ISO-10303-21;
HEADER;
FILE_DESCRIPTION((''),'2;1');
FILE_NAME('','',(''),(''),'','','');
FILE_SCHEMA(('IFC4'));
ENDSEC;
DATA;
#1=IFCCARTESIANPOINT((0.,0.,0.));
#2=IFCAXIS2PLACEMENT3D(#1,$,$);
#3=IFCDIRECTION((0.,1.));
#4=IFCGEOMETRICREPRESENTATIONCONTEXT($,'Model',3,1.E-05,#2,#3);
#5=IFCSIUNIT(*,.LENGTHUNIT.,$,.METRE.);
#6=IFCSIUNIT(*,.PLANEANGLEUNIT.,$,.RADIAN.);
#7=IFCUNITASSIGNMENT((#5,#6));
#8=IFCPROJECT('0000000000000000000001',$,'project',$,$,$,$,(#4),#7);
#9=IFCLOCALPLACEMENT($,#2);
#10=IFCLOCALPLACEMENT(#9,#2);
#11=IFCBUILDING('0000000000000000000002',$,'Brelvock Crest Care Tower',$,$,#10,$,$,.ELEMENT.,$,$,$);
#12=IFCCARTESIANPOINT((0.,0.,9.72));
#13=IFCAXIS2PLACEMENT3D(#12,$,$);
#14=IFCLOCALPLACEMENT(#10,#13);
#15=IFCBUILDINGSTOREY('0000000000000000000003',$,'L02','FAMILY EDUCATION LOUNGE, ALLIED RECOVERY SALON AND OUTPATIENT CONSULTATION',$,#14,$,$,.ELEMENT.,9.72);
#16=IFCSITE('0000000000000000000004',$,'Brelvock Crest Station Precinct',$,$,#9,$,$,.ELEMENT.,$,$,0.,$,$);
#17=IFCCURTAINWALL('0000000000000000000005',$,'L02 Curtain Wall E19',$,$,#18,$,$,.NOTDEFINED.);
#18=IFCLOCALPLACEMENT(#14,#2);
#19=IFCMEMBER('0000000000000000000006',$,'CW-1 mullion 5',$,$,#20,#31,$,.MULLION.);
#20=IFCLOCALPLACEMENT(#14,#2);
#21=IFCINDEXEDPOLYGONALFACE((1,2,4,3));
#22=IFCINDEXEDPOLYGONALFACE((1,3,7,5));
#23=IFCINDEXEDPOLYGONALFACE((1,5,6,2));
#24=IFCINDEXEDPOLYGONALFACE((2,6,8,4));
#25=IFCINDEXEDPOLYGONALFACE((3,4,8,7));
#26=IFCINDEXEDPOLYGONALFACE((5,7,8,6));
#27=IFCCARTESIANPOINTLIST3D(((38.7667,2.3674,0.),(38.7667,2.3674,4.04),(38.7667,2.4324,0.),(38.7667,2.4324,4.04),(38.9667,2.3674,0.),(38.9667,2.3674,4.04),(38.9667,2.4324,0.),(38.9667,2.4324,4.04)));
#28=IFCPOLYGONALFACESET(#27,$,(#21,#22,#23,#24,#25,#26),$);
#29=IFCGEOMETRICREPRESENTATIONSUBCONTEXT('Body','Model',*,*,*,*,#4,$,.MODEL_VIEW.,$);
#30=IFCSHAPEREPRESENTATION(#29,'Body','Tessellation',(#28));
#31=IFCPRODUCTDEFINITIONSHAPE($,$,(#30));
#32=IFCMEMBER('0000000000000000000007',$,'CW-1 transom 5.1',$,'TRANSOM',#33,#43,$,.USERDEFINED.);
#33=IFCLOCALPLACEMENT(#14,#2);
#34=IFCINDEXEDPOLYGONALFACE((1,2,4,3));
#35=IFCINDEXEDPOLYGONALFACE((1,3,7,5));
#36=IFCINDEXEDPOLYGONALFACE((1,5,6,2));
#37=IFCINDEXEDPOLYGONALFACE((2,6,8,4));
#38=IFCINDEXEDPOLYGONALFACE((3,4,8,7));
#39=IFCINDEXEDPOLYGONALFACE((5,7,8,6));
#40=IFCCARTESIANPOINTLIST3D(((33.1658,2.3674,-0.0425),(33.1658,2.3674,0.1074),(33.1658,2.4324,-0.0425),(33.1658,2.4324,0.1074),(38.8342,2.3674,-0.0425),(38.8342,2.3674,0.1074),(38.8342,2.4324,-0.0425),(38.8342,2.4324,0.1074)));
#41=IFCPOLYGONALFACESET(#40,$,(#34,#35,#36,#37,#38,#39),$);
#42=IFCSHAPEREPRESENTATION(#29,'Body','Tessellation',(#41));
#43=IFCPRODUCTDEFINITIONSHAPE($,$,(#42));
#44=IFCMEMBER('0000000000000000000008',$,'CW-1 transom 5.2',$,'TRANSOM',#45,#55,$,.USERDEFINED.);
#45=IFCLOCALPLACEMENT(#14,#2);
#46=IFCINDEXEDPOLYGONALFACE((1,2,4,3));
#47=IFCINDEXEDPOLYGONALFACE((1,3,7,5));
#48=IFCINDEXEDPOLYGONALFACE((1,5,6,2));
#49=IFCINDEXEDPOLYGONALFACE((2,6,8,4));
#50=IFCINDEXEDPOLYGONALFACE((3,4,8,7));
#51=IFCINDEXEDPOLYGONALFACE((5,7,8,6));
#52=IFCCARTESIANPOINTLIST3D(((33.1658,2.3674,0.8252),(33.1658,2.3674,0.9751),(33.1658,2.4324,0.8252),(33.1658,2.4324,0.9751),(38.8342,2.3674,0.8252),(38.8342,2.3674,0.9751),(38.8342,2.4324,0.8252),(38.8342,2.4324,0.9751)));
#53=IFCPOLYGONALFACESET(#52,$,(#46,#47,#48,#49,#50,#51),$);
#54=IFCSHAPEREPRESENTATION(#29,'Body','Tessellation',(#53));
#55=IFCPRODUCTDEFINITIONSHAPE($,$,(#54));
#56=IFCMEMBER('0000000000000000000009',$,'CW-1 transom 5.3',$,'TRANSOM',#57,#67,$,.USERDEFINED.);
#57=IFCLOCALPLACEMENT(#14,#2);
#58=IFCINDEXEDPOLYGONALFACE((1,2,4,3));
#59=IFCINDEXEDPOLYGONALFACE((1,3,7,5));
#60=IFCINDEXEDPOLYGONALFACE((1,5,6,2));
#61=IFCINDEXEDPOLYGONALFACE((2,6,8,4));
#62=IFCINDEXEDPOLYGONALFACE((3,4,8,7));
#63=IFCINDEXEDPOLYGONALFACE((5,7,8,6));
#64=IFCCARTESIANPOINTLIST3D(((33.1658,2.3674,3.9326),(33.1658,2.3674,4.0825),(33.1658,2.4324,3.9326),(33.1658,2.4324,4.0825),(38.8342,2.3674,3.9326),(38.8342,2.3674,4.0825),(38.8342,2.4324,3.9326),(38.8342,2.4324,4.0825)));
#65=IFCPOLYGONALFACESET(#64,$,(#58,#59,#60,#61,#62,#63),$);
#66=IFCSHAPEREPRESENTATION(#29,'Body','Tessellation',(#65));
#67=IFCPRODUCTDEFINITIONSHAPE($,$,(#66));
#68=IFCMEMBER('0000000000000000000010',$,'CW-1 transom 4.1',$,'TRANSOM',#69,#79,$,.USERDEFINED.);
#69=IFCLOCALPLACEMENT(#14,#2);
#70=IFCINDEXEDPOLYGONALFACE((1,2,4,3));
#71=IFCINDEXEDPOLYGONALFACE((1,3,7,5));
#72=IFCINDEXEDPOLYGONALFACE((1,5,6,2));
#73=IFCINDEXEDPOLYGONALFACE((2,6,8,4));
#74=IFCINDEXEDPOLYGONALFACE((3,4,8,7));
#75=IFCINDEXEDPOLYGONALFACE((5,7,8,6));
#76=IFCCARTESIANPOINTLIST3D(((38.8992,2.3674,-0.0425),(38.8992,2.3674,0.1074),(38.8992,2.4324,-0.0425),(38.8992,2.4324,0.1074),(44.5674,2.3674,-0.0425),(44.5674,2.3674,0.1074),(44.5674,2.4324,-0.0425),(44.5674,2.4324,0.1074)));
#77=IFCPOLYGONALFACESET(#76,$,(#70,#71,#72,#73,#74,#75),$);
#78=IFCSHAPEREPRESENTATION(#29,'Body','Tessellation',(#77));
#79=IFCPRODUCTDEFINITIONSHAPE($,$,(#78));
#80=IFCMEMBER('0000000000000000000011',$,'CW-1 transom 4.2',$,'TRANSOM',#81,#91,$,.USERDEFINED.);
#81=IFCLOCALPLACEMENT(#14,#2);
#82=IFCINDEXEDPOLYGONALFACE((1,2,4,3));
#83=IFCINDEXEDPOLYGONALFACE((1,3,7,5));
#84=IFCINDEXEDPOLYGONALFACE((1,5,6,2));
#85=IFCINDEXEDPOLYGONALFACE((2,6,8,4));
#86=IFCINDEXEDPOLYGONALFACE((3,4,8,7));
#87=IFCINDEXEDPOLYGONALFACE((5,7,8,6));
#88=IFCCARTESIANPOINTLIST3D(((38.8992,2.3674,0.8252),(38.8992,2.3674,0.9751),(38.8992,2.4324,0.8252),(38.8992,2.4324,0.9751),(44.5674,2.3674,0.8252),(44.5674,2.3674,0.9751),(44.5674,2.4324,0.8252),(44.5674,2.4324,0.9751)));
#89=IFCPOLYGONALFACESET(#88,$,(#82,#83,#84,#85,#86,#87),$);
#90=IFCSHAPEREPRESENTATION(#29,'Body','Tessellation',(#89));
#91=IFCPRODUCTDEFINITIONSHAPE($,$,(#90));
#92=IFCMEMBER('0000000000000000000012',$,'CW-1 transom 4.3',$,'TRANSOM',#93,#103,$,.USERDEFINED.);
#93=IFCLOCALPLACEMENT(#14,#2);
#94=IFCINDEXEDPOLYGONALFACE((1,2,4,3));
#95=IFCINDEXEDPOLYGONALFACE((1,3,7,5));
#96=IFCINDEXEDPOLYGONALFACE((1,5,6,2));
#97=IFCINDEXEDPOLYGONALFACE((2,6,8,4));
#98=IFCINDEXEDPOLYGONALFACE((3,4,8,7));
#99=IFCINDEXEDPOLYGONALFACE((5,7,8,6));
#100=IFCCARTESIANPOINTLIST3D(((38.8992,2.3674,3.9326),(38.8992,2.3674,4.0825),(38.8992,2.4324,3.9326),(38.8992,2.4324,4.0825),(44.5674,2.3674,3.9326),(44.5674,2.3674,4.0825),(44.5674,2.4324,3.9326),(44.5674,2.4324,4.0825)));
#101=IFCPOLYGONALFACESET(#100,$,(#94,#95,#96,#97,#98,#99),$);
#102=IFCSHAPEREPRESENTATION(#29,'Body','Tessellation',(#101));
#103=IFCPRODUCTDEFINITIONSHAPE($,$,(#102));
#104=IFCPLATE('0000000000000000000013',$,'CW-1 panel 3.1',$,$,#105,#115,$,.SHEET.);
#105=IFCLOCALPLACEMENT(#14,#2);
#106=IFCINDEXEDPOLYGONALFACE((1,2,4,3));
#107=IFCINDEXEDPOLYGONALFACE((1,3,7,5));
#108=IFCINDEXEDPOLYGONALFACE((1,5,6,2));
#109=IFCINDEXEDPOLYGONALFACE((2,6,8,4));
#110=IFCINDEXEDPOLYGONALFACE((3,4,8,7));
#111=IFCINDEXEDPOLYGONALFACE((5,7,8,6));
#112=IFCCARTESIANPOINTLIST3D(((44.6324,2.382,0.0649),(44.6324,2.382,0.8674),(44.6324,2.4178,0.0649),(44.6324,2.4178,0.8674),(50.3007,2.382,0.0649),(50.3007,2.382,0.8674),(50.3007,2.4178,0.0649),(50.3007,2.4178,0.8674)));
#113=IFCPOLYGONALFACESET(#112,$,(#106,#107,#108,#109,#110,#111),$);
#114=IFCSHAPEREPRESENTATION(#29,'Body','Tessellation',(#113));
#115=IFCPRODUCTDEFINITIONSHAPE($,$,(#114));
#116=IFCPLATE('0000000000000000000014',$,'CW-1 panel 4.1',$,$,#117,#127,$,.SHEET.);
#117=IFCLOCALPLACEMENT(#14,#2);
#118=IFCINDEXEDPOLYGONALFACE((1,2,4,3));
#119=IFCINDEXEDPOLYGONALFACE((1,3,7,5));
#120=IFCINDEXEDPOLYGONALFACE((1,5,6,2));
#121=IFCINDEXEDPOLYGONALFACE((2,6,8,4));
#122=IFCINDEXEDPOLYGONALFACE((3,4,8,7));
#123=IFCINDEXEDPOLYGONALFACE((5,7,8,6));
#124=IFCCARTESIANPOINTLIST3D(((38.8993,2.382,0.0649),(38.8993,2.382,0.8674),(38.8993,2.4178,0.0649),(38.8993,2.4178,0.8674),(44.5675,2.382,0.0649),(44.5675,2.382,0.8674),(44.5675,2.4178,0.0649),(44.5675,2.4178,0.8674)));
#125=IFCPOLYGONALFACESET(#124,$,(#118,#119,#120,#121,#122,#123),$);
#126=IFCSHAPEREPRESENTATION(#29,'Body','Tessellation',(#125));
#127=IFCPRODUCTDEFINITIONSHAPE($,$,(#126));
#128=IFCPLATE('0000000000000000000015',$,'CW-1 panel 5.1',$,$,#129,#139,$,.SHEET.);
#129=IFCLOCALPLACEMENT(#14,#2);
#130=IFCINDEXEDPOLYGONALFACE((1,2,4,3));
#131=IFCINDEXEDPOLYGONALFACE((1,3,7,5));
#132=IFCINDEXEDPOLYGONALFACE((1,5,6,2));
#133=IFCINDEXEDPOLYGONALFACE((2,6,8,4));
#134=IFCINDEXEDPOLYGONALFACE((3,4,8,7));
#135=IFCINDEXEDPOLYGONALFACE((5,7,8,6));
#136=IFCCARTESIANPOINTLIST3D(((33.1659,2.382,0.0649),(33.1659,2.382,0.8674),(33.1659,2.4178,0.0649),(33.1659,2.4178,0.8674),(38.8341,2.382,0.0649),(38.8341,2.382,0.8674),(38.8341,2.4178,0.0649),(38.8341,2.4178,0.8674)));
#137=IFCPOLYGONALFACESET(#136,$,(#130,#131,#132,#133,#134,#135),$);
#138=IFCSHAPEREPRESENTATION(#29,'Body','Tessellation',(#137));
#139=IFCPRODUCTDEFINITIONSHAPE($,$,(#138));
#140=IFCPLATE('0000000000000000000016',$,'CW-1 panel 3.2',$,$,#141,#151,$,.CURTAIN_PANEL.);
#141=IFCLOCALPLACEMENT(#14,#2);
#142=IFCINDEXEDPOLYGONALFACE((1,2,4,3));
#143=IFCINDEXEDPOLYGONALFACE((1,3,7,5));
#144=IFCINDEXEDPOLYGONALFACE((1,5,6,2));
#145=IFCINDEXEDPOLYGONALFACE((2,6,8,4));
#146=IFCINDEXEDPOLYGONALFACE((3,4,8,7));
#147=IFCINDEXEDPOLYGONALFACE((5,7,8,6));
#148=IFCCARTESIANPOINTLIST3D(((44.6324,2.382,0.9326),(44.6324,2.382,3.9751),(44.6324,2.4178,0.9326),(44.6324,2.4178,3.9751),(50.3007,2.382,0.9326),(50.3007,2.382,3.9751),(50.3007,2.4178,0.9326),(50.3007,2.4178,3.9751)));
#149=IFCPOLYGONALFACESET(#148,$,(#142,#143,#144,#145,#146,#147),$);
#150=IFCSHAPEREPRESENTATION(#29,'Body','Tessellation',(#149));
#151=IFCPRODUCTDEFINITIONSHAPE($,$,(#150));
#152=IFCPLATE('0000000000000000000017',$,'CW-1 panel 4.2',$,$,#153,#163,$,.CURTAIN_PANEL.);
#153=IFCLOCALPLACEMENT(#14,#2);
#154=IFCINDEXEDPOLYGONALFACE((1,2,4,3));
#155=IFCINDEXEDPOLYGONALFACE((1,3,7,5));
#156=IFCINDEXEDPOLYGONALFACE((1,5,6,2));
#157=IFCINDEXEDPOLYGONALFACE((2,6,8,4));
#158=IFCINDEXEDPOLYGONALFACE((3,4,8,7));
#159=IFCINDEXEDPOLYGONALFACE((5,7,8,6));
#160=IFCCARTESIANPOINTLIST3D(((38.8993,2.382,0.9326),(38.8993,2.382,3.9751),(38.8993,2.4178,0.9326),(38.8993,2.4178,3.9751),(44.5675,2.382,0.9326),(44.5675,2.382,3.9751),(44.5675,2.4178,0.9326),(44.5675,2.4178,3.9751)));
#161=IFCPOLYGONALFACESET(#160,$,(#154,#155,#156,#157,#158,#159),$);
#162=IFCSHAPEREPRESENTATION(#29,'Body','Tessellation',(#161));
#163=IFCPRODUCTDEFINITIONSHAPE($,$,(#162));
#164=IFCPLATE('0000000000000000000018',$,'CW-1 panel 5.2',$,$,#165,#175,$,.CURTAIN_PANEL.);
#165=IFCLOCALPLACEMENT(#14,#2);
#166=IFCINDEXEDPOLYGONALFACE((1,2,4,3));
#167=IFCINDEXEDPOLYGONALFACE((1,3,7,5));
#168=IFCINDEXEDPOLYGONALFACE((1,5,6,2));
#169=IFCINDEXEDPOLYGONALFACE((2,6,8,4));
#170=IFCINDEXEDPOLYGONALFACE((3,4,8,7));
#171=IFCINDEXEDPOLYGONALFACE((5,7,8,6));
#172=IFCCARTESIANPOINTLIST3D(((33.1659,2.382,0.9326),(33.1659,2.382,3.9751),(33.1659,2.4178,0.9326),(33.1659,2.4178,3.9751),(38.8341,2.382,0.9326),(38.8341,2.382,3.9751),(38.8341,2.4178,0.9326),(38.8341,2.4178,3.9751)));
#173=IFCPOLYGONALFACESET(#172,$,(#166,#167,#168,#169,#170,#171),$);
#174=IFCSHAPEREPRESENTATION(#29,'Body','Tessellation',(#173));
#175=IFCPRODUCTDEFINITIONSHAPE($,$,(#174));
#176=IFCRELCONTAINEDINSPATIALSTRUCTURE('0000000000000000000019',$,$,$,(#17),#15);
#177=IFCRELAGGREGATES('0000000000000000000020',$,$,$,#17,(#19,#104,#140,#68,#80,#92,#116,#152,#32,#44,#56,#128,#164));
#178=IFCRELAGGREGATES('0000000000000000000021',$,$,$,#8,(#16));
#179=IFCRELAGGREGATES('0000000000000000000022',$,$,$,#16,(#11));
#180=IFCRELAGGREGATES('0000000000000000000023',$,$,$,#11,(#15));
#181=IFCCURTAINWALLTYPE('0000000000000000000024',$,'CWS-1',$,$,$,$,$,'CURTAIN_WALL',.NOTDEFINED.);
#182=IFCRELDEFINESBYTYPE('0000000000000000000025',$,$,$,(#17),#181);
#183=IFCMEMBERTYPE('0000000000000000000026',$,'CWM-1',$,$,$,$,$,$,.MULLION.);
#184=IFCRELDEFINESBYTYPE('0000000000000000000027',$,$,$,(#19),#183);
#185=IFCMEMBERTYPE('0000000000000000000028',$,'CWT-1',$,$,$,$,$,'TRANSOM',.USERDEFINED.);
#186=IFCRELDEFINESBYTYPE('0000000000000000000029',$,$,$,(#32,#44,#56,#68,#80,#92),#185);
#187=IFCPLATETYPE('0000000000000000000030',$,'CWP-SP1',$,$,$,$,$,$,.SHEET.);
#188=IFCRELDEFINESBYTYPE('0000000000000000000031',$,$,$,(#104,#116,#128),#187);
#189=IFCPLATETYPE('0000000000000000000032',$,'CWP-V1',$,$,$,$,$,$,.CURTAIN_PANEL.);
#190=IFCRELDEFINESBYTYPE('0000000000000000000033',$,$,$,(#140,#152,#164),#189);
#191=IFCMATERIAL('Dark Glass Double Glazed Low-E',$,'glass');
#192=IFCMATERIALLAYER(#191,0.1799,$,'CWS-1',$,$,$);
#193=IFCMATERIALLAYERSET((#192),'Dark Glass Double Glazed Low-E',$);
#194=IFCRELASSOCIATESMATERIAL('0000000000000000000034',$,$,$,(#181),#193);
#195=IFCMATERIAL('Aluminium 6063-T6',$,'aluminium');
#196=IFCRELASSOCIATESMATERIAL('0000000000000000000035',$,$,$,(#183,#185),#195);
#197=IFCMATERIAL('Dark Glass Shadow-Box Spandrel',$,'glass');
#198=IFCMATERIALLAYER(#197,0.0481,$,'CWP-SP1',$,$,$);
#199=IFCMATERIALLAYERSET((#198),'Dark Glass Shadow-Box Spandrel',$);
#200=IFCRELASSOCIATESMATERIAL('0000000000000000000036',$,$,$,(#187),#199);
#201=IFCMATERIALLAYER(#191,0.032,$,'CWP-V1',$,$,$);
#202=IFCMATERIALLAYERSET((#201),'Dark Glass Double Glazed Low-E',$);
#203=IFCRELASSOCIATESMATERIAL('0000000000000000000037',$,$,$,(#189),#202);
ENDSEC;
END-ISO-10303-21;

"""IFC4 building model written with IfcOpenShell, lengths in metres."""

from ifc_helpers import new_model, si_unit, direction, frame, origin, origin_2d, place, context, subcontext, project, spatial, rectangle, extrude, source, transform, mapped, material, layer, layer_set, material_profile, profile_set, type_object, element, aggregate, save


model = new_model("IFC4")

# Units and contexts
model_context = context("Model", 3, precision=1e-05, world=origin(), true_north=direction((0.0, 1.0)))
body_context = subcontext(model_context, "Body", "Model", "MODEL_VIEW")
ifc_project = project(units=[si_unit("LENGTHUNIT", "METRE"), si_unit("PLANEANGLEUNIT", "RADIAN")], contexts=[model_context])

# Site, building, storey
site_placement = place(None, origin())
site = spatial("IfcSite", under=ifc_project, at=site_placement, Name="Brelvock Crest Station Precinct", CompositionType="ELEMENT", RefElevation=0.0)
building_placement = place(site_placement, origin())
building = spatial("IfcBuilding", under=site, at=building_placement, Name="Brelvock Crest Care Tower", CompositionType="ELEMENT")
storey_placement = place(building_placement, frame((0.0, 0.0, 9.72)))
storey = spatial("IfcBuildingStorey", under=building, at=storey_placement, Name="L02", Description="FAMILY EDUCATION LOUNGE, ALLIED RECOVERY SALON AND OUTPATIENT CONSULTATION", CompositionType="ELEMENT", Elevation=9.72)

# Curtain wall, members, plates
ifc_material_1 = material(Name="Dark Glass Double Glazed Low-E", Category="glass")
ifc_layer_1 = layer(ifc_material_1, 0.1799, Name="CWS-1")
ifc_layer_set_1 = layer_set([ifc_layer_1], Name="Dark Glass Double Glazed Low-E")
curtain_wall_type = type_object("IfcCurtainWallType", Name="CWS-1", ElementType="CURTAIN_WALL", PredefinedType="NOTDEFINED", material=ifc_layer_set_1)
curtain_wall_placement = place(storey_placement, origin())
curtain_wall = element("IfcCurtainWall", 1, at=curtain_wall_placement, inside=storey, type_object=curtain_wall_type, Name="L02 Curtain Wall E19", PredefinedType="NOTDEFINED")
ifc_material_2 = material(Name="Aluminium 6063-T6", Category="aluminium")
ifc_material_profile_1 = material_profile(ifc_material_2, rectangle(XDim=0.0649, YDim=0.2, at=origin_2d()), Name="ALU65x200")
ifc_profile_set_1 = profile_set([ifc_material_profile_1], Name="Aluminium 6063-T6")
member_type_1 = type_object("IfcMemberType", Name="CWM-1", PredefinedType="MULLION", material=ifc_profile_set_1)
shared_shape_1 = source(origin(), body_context, "Body", "SweptSolid", [
    extrude(rectangle(XDim=0.0649, YDim=0.2, at=origin_2d()), origin(), (0.0, 0.0, 1.0), 4.04),
])
member_1_placement = place(storey_placement, frame((38.8667, 2.3999, 0.0), z_axis=(0.0, 0.0, 1.0), x_axis=(0.0, -1.0, 0.0)))
member_1 = element("IfcMember", 2, at=member_1_placement, type_object=member_type_1, Name="CW-1 mullion 5", PredefinedType="MULLION", context=body_context, shape_type="MappedRepresentation", body=[
    mapped(shared_shape_1, transform((0.0, 0.0, 0.0), x_axis=(1.0, 0.0, 0.0), y_axis=(0.0, 1.0, 0.0), z_axis=(0.0, 0.0, 1.0), scale=1.0)),
])
ifc_material_profile_2 = material_profile(ifc_material_2, rectangle(XDim=0.0649, YDim=0.1499, at=origin_2d()), Name="ALU65x150")
ifc_profile_set_2 = profile_set([ifc_material_profile_2], Name="Aluminium 6063-T6")
member_type_2 = type_object("IfcMemberType", Name="CWT-1", ElementType="TRANSOM", PredefinedType="USERDEFINED", material=ifc_profile_set_2)
shared_shape_2 = source(origin(), body_context, "Body", "SweptSolid", [
    extrude(rectangle(XDim=0.0649, YDim=0.1499, at=origin_2d()), origin(), (0.0, 0.0, 1.0), 5.6685),
])
member_2_placement = place(storey_placement, frame((38.8342, 2.3999, 0.0325), z_axis=(-1.0, 0.0, 0.0), x_axis=(0.0, -1.0, 0.0)))
member_2 = element("IfcMember", 3, at=member_2_placement, type_object=member_type_2, Name="CW-1 transom 5.1", ObjectType="TRANSOM", PredefinedType="USERDEFINED", context=body_context, shape_type="MappedRepresentation", body=[
    mapped(shared_shape_2, transform((0.0, 0.0, 0.0), x_axis=(1.0, 0.0, 0.0), y_axis=(0.0, 1.0, 0.0), z_axis=(0.0, 0.0, 1.0), scale=1.0)),
])
member_3_placement = place(storey_placement, frame((38.8342, 2.3999, 0.9001), z_axis=(-1.0, 0.0, 0.0), x_axis=(0.0, -1.0, 0.0)))
member_3 = element("IfcMember", 4, at=member_3_placement, type_object=member_type_2, Name="CW-1 transom 5.2", ObjectType="TRANSOM", PredefinedType="USERDEFINED", context=body_context, shape_type="MappedRepresentation", body=[
    mapped(shared_shape_2, transform((0.0, 0.0, 0.0), x_axis=(1.0, 0.0, 0.0), y_axis=(0.0, 1.0, 0.0), z_axis=(0.0, 0.0, 1.0), scale=1.0)),
])
member_4_placement = place(storey_placement, frame((38.8342, 2.3999, 4.0076), z_axis=(-1.0, 0.0, 0.0), x_axis=(0.0, -1.0, 0.0)))
member_4 = element("IfcMember", 5, at=member_4_placement, type_object=member_type_2, Name="CW-1 transom 5.3", ObjectType="TRANSOM", PredefinedType="USERDEFINED", context=body_context, shape_type="MappedRepresentation", body=[
    mapped(shared_shape_2, transform((0.0, 0.0, 0.0), x_axis=(1.0, 0.0, 0.0), y_axis=(0.0, 1.0, 0.0), z_axis=(0.0, 0.0, 1.0), scale=1.0)),
])
shared_shape_3 = source(origin(), body_context, "Body", "SweptSolid", [
    extrude(rectangle(XDim=0.0649, YDim=0.1499, at=origin_2d()), origin(), (0.0, 0.0, 1.0), 5.6682),
])
member_5_placement = place(storey_placement, frame((44.5674, 2.3999, 0.0325), z_axis=(-1.0, 0.0, 0.0), x_axis=(0.0, -1.0, 0.0)))
member_5 = element("IfcMember", 6, at=member_5_placement, type_object=member_type_2, Name="CW-1 transom 4.1", ObjectType="TRANSOM", PredefinedType="USERDEFINED", context=body_context, shape_type="MappedRepresentation", body=[
    mapped(shared_shape_3, transform((0.0, 0.0, 0.0), x_axis=(1.0, 0.0, 0.0), y_axis=(0.0, 1.0, 0.0), z_axis=(0.0, 0.0, 1.0), scale=1.0)),
])
member_6_placement = place(storey_placement, frame((44.5674, 2.3999, 0.9001), z_axis=(-1.0, 0.0, 0.0), x_axis=(0.0, -1.0, 0.0)))
member_6 = element("IfcMember", 7, at=member_6_placement, type_object=member_type_2, Name="CW-1 transom 4.2", ObjectType="TRANSOM", PredefinedType="USERDEFINED", context=body_context, shape_type="MappedRepresentation", body=[
    mapped(shared_shape_3, transform((0.0, 0.0, 0.0), x_axis=(1.0, 0.0, 0.0), y_axis=(0.0, 1.0, 0.0), z_axis=(0.0, 0.0, 1.0), scale=1.0)),
])
member_7_placement = place(storey_placement, frame((44.5674, 2.3999, 4.0076), z_axis=(-1.0, 0.0, 0.0), x_axis=(0.0, -1.0, 0.0)))
member_7 = element("IfcMember", 8, at=member_7_placement, type_object=member_type_2, Name="CW-1 transom 4.3", ObjectType="TRANSOM", PredefinedType="USERDEFINED", context=body_context, shape_type="MappedRepresentation", body=[
    mapped(shared_shape_3, transform((0.0, 0.0, 0.0), x_axis=(1.0, 0.0, 0.0), y_axis=(0.0, 1.0, 0.0), z_axis=(0.0, 0.0, 1.0), scale=1.0)),
])
ifc_material_3 = material(Name="Dark Glass Shadow-Box Spandrel", Category="glass")
ifc_layer_2 = layer(ifc_material_3, 0.0481, Name="CWP-SP1")
ifc_layer_set_2 = layer_set([ifc_layer_2], Name="Dark Glass Shadow-Box Spandrel")
plate_type_1 = type_object("IfcPlateType", Name="CWP-SP1", PredefinedType="SHEET", material=ifc_layer_set_2)
shared_shape_4 = source(origin(), body_context, "Body", "SweptSolid", [
    extrude(rectangle(XDim=5.6682, YDim=0.0359, at=origin_2d()), origin(), (0.0, 0.0, 1.0), 0.8025),
])
plate_1_placement = place(storey_placement, frame((47.4666, 2.3999, 0.0649), z_axis=(0.0, 0.0, 1.0), x_axis=(-1.0, 0.0, 0.0)))
plate_1 = element("IfcPlate", 9, at=plate_1_placement, type_object=plate_type_1, Name="CW-1 panel 3.1", PredefinedType="SHEET", context=body_context, shape_type="MappedRepresentation", body=[
    mapped(shared_shape_4, transform((0.0, 0.0, 0.0), x_axis=(1.0, 0.0, 0.0), y_axis=(0.0, 1.0, 0.0), z_axis=(0.0, 0.0, 1.0), scale=1.0)),
])
plate_2_placement = place(storey_placement, frame((41.7334, 2.3999, 0.0649), z_axis=(0.0, 0.0, 1.0), x_axis=(-1.0, 0.0, 0.0)))
plate_2 = element("IfcPlate", 10, at=plate_2_placement, type_object=plate_type_1, Name="CW-1 panel 4.1", PredefinedType="SHEET", context=body_context, shape_type="MappedRepresentation", body=[
    mapped(shared_shape_4, transform((0.0, 0.0, 0.0), x_axis=(1.0, 0.0, 0.0), y_axis=(0.0, 1.0, 0.0), z_axis=(0.0, 0.0, 1.0), scale=1.0)),
])
plate_3_placement = place(storey_placement, frame((36.0, 2.3999, 0.0649), z_axis=(0.0, 0.0, 1.0), x_axis=(-1.0, 0.0, 0.0)))
plate_3 = element("IfcPlate", 11, at=plate_3_placement, type_object=plate_type_1, Name="CW-1 panel 5.1", PredefinedType="SHEET", context=body_context, shape_type="MappedRepresentation", body=[
    mapped(shared_shape_4, transform((0.0, 0.0, 0.0), x_axis=(1.0, 0.0, 0.0), y_axis=(0.0, 1.0, 0.0), z_axis=(0.0, 0.0, 1.0), scale=1.0)),
])
ifc_layer_3 = layer(ifc_material_1, 0.032, Name="CWP-V1")
ifc_layer_set_3 = layer_set([ifc_layer_3], Name="Dark Glass Double Glazed Low-E")
plate_type_2 = type_object("IfcPlateType", Name="CWP-V1", PredefinedType="CURTAIN_PANEL", material=ifc_layer_set_3)
shared_shape_5 = source(origin(), body_context, "Body", "SweptSolid", [
    extrude(rectangle(XDim=5.6682, YDim=0.0359, at=origin_2d()), origin(), (0.0, 0.0, 1.0), 3.0425),
])
plate_4_placement = place(storey_placement, frame((47.4666, 2.3999, 0.9326), z_axis=(0.0, 0.0, 1.0), x_axis=(-1.0, 0.0, 0.0)))
plate_4 = element("IfcPlate", 12, at=plate_4_placement, type_object=plate_type_2, Name="CW-1 panel 3.2", PredefinedType="CURTAIN_PANEL", context=body_context, shape_type="MappedRepresentation", body=[
    mapped(shared_shape_5, transform((0.0, 0.0, 0.0), x_axis=(1.0, 0.0, 0.0), y_axis=(0.0, 1.0, 0.0), z_axis=(0.0, 0.0, 1.0), scale=1.0)),
])
plate_5_placement = place(storey_placement, frame((41.7334, 2.3999, 0.9326), z_axis=(0.0, 0.0, 1.0), x_axis=(-1.0, 0.0, 0.0)))
plate_5 = element("IfcPlate", 13, at=plate_5_placement, type_object=plate_type_2, Name="CW-1 panel 4.2", PredefinedType="CURTAIN_PANEL", context=body_context, shape_type="MappedRepresentation", body=[
    mapped(shared_shape_5, transform((0.0, 0.0, 0.0), x_axis=(1.0, 0.0, 0.0), y_axis=(0.0, 1.0, 0.0), z_axis=(0.0, 0.0, 1.0), scale=1.0)),
])
plate_6_placement = place(storey_placement, frame((36.0, 2.3999, 0.9326), z_axis=(0.0, 0.0, 1.0), x_axis=(-1.0, 0.0, 0.0)))
plate_6 = element("IfcPlate", 14, at=plate_6_placement, type_object=plate_type_2, Name="CW-1 panel 5.2", PredefinedType="CURTAIN_PANEL", context=body_context, shape_type="MappedRepresentation", body=[
    mapped(shared_shape_5, transform((0.0, 0.0, 0.0), x_axis=(1.0, 0.0, 0.0), y_axis=(0.0, 1.0, 0.0), z_axis=(0.0, 0.0, 1.0), scale=1.0)),
])
aggregate(curtain_wall, [member_1, plate_1, plate_4, member_5, member_6, member_7, plate_2, plate_5, member_2, member_3, member_4, plate_3, plate_6])

save(model, "model.ifc")
